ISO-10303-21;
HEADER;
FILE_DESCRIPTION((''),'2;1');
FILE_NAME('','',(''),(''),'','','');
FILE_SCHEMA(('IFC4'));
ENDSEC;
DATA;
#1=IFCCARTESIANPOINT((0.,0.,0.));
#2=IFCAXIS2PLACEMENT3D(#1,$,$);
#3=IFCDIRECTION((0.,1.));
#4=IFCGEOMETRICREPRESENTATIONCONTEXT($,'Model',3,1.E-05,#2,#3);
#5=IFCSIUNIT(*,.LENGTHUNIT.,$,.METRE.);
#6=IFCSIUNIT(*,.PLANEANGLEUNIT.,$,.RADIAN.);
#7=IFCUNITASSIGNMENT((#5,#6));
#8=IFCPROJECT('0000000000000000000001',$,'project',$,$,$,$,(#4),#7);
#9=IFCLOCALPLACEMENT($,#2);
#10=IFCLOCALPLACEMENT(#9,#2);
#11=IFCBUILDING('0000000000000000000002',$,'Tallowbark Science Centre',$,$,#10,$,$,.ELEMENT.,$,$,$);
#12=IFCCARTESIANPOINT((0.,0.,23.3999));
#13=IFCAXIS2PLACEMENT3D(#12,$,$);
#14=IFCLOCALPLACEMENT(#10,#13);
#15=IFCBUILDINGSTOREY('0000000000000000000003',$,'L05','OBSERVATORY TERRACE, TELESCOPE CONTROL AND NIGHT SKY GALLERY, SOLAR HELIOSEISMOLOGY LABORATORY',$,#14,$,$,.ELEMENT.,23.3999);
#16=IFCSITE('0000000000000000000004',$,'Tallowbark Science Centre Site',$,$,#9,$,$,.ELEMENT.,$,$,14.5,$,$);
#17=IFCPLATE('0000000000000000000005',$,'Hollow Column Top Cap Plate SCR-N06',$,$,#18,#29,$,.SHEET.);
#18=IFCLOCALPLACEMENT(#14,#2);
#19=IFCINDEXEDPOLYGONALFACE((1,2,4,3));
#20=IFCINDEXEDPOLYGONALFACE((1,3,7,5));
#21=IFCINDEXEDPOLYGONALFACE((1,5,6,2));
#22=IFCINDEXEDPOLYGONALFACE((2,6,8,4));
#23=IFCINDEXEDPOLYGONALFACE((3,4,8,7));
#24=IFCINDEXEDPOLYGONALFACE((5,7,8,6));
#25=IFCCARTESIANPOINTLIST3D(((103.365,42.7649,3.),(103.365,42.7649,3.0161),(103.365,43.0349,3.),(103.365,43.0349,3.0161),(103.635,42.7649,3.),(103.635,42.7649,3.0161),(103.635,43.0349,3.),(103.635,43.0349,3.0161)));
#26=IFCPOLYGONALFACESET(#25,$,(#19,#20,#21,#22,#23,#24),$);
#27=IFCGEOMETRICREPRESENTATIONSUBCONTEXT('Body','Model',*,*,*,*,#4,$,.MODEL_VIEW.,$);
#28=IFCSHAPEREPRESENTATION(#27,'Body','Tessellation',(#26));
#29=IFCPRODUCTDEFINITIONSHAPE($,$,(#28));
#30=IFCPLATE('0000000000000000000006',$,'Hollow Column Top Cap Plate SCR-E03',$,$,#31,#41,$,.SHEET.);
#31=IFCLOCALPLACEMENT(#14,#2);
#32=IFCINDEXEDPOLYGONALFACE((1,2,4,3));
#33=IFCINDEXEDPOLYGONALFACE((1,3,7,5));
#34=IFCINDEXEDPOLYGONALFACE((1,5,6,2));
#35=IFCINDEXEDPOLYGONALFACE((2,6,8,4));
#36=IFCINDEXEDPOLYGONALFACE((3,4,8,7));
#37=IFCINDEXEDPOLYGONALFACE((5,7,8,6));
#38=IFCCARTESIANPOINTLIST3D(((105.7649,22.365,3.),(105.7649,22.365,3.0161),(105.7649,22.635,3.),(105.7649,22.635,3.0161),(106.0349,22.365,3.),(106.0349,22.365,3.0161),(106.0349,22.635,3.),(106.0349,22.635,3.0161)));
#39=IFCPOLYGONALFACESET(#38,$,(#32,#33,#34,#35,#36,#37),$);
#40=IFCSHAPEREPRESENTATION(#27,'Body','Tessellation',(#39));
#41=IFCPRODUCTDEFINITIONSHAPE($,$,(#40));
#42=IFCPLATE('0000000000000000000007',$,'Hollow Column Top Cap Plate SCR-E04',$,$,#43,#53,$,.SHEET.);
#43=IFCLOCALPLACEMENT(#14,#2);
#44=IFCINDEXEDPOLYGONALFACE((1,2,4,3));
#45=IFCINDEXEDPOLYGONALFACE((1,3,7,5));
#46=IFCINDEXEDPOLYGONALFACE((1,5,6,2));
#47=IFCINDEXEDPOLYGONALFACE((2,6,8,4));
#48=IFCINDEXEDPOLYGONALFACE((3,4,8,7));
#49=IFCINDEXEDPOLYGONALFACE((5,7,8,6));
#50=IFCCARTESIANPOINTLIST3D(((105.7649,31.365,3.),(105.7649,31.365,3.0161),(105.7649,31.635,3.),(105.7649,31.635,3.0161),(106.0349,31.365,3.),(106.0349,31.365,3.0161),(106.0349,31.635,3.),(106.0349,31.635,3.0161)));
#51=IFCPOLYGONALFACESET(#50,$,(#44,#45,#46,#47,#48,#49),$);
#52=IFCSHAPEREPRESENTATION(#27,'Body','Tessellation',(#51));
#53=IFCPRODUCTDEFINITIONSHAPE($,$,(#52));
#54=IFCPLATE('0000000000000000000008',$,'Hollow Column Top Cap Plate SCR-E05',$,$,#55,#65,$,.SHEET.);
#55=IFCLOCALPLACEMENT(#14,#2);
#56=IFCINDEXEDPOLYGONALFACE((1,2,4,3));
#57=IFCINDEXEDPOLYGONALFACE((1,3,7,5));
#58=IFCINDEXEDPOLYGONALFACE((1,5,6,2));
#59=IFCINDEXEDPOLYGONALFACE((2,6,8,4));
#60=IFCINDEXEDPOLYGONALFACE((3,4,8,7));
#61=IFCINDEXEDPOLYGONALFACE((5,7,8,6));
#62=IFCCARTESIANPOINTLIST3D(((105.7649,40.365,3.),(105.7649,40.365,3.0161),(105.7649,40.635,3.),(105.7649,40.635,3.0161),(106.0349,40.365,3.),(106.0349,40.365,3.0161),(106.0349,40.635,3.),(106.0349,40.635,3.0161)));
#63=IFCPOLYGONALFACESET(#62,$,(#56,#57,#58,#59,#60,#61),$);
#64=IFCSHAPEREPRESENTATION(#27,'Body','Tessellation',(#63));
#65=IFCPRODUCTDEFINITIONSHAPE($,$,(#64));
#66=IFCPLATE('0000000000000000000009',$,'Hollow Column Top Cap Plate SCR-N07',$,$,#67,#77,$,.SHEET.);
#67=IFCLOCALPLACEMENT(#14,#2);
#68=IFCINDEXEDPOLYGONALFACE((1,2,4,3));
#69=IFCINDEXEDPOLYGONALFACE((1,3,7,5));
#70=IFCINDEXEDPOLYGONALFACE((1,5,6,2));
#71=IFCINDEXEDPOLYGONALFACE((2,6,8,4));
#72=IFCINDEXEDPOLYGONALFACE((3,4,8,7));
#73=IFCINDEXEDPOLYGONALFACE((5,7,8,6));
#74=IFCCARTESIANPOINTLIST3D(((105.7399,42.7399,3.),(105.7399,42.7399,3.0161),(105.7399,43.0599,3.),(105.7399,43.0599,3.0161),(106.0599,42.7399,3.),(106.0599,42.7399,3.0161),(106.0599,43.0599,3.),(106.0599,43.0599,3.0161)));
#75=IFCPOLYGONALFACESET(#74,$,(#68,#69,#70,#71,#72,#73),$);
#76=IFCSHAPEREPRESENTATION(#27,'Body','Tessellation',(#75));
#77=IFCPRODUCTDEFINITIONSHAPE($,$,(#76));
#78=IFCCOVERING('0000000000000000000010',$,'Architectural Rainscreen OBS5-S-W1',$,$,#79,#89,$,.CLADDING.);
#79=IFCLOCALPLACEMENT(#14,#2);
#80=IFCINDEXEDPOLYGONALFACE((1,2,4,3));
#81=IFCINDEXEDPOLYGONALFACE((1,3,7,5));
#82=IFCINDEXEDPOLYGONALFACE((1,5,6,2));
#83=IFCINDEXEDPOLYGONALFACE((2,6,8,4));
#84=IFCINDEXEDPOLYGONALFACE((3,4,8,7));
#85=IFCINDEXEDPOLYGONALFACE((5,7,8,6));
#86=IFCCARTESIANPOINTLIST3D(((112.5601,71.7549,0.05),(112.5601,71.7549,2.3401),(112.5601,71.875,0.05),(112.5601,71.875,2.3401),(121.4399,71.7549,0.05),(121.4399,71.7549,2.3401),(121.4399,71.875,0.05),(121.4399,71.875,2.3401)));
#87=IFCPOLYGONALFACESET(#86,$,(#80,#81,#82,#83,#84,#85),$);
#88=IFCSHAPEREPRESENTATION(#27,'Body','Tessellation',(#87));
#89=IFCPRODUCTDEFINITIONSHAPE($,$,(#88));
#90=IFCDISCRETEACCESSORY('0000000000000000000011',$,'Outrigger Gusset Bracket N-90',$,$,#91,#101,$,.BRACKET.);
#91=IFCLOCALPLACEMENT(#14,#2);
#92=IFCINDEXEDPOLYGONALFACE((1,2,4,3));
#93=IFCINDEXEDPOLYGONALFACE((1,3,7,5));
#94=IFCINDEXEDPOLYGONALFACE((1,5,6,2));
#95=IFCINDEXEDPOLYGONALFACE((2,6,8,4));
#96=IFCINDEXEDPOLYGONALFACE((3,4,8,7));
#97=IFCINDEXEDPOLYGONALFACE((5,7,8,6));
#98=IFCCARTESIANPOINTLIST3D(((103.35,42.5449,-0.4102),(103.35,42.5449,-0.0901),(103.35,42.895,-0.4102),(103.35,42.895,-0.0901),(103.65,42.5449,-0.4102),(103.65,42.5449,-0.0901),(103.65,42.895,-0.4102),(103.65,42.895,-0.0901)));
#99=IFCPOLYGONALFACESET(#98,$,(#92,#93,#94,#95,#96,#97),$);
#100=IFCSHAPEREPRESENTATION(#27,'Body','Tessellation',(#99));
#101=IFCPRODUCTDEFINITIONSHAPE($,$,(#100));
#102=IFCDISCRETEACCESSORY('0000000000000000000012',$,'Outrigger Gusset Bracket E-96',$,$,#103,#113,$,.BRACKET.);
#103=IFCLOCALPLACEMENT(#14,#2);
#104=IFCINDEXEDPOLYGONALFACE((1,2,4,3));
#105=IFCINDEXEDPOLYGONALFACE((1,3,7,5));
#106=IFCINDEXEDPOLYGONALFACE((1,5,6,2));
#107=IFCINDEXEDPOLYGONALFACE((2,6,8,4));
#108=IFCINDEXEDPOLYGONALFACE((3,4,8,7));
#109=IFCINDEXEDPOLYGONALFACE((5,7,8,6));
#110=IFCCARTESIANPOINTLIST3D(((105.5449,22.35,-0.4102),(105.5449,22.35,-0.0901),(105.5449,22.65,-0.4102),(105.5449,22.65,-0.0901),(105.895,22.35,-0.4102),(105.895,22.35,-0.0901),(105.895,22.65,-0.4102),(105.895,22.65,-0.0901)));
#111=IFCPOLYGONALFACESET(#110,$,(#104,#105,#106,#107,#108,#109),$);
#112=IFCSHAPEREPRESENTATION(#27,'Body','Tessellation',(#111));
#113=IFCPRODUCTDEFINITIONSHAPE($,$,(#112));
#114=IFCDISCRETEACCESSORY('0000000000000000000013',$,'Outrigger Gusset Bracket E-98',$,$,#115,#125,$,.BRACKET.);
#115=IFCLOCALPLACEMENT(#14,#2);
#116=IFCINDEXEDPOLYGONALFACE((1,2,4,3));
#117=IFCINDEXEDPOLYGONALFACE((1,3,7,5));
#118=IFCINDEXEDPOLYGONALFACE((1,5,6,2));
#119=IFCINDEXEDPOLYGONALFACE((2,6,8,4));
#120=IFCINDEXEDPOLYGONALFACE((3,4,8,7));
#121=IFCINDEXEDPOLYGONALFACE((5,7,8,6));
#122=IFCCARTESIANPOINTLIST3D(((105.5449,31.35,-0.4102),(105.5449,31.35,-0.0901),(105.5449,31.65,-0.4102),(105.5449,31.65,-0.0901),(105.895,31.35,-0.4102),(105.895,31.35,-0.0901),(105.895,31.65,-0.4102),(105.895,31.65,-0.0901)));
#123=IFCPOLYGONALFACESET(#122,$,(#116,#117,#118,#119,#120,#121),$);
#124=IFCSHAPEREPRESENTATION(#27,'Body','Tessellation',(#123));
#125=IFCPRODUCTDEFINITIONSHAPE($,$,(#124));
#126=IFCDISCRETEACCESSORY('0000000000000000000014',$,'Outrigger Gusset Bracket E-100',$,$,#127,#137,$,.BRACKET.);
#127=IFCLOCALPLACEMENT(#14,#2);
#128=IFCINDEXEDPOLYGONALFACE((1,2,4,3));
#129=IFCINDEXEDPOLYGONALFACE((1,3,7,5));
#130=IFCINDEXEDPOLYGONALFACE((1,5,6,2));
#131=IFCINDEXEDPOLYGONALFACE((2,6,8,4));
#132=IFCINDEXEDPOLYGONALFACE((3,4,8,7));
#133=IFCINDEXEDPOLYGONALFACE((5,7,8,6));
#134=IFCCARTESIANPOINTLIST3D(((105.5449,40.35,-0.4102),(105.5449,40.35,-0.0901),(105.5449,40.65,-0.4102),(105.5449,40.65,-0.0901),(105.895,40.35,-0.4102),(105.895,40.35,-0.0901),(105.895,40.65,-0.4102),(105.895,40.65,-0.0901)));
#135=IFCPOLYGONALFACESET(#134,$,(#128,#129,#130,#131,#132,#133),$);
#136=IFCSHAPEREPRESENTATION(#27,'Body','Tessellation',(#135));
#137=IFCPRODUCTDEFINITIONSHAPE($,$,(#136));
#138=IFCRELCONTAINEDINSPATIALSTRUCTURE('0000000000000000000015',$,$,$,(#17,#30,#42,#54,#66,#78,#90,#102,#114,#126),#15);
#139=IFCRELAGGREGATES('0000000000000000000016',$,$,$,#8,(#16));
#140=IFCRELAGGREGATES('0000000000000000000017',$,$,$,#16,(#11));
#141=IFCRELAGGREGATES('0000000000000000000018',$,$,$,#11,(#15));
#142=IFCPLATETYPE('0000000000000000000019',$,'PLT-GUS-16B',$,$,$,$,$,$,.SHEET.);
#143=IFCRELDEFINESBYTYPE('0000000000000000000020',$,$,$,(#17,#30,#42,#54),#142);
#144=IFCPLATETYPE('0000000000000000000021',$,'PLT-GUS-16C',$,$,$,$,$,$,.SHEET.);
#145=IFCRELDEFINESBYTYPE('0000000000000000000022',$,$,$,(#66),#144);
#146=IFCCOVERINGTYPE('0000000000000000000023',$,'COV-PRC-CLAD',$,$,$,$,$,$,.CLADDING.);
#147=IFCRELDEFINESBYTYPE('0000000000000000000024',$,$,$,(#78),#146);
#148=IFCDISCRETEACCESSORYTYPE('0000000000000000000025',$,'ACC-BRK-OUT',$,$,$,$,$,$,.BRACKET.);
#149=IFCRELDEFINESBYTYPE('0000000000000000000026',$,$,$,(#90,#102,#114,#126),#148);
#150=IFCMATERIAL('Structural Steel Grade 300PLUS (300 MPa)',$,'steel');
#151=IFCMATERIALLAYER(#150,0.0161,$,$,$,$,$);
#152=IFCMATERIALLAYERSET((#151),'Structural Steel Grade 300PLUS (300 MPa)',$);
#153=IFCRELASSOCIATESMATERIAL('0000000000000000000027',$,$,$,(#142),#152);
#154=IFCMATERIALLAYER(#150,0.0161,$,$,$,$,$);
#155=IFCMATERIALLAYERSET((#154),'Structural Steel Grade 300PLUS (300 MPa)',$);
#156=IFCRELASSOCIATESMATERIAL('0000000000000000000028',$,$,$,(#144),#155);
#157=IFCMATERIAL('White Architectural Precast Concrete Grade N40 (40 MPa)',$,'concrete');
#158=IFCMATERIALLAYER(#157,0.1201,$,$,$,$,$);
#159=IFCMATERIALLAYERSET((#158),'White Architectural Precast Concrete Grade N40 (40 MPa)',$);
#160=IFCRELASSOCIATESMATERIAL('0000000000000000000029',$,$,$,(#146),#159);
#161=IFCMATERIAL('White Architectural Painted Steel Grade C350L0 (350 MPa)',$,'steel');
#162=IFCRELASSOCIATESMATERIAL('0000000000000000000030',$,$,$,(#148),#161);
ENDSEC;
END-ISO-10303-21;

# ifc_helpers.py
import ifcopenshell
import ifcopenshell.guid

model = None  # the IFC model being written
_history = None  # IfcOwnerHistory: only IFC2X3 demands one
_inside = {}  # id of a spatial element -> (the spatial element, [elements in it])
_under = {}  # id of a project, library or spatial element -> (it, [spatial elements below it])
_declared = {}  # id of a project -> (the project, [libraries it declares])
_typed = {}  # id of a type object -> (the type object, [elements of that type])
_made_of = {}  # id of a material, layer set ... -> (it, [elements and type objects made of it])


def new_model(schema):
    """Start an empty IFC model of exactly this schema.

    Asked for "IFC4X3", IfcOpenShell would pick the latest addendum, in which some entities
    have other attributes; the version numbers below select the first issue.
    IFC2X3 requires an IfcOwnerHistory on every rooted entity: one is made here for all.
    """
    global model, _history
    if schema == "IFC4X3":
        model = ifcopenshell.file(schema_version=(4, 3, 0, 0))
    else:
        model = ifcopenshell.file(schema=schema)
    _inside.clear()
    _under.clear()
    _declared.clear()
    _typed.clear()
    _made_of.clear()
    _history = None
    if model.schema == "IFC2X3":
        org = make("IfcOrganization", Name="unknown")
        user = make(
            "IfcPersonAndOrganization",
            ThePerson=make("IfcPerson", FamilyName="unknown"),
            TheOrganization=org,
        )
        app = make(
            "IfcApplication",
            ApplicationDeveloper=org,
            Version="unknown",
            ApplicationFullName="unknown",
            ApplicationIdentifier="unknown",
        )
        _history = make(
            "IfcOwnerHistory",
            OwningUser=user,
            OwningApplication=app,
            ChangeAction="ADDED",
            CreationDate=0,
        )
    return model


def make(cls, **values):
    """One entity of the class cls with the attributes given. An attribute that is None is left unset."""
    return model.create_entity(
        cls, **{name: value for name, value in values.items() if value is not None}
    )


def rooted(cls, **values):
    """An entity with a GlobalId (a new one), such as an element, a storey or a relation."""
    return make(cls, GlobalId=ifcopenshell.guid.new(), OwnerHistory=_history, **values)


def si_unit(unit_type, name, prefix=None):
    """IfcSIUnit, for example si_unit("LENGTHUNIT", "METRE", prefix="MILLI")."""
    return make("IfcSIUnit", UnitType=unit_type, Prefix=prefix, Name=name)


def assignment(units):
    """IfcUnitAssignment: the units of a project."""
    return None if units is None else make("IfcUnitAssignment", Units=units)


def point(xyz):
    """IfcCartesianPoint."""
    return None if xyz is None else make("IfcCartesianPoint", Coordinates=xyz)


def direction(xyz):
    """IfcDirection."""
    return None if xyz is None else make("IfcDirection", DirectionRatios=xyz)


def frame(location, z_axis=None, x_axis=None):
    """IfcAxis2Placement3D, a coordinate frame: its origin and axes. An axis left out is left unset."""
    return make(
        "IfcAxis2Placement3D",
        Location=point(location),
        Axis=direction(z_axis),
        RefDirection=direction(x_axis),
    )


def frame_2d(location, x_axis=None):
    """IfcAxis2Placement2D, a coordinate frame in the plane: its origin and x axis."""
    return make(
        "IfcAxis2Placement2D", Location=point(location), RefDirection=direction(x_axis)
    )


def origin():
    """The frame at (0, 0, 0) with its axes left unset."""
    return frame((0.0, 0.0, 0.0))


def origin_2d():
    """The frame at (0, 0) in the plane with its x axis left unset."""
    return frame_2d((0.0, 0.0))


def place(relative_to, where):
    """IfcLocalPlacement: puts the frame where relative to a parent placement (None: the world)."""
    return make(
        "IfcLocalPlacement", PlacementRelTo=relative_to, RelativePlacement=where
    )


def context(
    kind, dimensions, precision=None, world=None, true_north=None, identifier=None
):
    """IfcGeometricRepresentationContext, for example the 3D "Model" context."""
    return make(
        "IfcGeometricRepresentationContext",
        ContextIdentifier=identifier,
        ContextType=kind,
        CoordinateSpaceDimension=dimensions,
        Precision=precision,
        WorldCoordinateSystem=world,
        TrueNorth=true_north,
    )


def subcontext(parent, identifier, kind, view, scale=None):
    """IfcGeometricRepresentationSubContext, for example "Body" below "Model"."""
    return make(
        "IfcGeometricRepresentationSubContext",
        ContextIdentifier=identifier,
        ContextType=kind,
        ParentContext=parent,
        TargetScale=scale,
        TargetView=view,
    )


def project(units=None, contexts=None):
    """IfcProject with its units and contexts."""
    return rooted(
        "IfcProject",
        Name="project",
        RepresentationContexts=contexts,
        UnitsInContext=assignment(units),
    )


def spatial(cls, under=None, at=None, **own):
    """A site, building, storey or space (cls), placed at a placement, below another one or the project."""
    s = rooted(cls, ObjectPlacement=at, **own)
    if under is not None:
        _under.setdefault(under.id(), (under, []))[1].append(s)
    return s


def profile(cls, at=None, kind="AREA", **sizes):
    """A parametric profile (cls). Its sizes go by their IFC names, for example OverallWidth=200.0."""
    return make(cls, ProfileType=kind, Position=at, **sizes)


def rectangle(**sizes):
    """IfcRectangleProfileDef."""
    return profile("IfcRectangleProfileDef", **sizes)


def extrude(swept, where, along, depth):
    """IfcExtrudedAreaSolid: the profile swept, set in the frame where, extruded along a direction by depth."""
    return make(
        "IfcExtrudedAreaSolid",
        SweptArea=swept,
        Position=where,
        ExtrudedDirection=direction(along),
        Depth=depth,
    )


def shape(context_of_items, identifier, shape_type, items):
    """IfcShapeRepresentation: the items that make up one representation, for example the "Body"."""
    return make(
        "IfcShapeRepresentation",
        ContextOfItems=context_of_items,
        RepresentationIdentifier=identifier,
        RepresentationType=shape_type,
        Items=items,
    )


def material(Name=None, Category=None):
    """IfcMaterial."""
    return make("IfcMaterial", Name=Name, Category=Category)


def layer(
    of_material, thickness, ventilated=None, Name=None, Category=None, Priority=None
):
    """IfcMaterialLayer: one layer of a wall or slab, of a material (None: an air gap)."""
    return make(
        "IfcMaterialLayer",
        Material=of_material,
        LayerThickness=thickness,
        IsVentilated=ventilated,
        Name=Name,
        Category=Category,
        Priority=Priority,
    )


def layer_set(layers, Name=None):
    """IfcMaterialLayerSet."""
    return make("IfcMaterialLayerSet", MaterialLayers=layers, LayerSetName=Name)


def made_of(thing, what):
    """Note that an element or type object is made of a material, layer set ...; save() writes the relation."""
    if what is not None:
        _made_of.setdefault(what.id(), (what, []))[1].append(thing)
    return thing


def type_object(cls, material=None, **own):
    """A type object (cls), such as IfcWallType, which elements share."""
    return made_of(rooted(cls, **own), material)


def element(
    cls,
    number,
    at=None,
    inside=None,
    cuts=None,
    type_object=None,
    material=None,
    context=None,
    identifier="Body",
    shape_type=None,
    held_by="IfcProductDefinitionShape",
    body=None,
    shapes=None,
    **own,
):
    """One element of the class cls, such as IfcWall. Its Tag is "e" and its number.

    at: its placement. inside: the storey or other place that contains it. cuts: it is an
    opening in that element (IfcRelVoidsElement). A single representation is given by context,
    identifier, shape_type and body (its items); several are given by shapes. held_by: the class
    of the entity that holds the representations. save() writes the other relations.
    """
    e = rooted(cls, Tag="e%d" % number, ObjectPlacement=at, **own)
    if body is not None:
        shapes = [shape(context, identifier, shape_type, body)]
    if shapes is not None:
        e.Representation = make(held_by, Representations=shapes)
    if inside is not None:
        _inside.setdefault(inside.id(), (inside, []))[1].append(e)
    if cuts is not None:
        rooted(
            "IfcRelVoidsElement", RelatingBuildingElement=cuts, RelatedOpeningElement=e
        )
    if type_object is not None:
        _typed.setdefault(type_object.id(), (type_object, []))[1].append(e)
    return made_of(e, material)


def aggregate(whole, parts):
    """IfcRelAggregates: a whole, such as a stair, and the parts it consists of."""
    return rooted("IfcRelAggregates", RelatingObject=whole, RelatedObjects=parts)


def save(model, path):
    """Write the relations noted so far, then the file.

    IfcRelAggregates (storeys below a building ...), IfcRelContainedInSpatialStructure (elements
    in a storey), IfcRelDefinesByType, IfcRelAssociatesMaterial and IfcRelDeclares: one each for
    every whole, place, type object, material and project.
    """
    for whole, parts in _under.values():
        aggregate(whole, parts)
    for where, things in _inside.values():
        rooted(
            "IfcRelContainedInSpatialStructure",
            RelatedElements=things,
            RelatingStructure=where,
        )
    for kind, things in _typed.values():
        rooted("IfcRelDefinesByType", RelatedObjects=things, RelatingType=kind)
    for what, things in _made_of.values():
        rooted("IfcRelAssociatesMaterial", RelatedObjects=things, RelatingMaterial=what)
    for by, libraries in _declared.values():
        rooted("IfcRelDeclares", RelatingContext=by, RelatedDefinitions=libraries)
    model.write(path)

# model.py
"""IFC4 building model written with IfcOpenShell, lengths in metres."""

from ifc_helpers import new_model, si_unit, direction, frame, origin, origin_2d, place, context, subcontext, project, spatial, rectangle, extrude, material, layer, layer_set, type_object, element, save


model = new_model("IFC4")

# Units and contexts
model_context = context("Model", 3, precision=1e-05, world=origin(), true_north=direction((0.0, 1.0)))
body_context = subcontext(model_context, "Body", "Model", "MODEL_VIEW")
ifc_project = project(units=[si_unit("LENGTHUNIT", "METRE"), si_unit("PLANEANGLEUNIT", "RADIAN")], contexts=[model_context])

# Site, building, storey
site_placement = place(None, origin())
site = spatial("IfcSite", under=ifc_project, at=site_placement, Name="Tallowbark Science Centre Site", CompositionType="ELEMENT", RefElevation=14.5)
building_placement = place(site_placement, origin())
building = spatial("IfcBuilding", under=site, at=building_placement, Name="Tallowbark Science Centre", CompositionType="ELEMENT")
storey_placement = place(building_placement, frame((0.0, 0.0, 23.3999)))
storey = spatial("IfcBuildingStorey", under=building, at=storey_placement, Name="L05", Description="OBSERVATORY TERRACE, TELESCOPE CONTROL AND NIGHT SKY GALLERY, SOLAR HELIOSEISMOLOGY LABORATORY", CompositionType="ELEMENT", Elevation=23.3999)

# Shared definitions
ifc_material_1 = material(Name="White Architectural Painted Steel Grade C350L0 (350 MPa)", Category="steel")

# Shared definitions
ifc_material_2 = material(Name="Structural Steel Grade 300PLUS (300 MPa)", Category="steel")

# Plates
ifc_layer_1 = layer(ifc_material_2, 0.0161)
ifc_layer_set_1 = layer_set([ifc_layer_1], Name="Structural Steel Grade 300PLUS (300 MPa)")
plate_type_1 = type_object("IfcPlateType", Name="PLT-GUS-16B", PredefinedType="SHEET", material=ifc_layer_set_1)
for number, where, z_axis, x_axis, name in (
    (1, (103.5, 42.8999, 3.0), (0.0, 0.0, 1.0), (1.0, 0.0, 0.0), "Hollow Column Top Cap Plate SCR-N06"),
    (2, (105.8999, 22.5, 3.0), (0.0, 0.0, 1.0), (1.0, 0.0, 0.0), "Hollow Column Top Cap Plate SCR-E03"),
    (3, (105.8999, 31.5, 3.0), (0.0, 0.0, 1.0), (1.0, 0.0, 0.0), "Hollow Column Top Cap Plate SCR-E04"),
    (4, (105.8999, 40.5, 3.0), (0.0, 0.0, 1.0), (1.0, 0.0, 0.0), "Hollow Column Top Cap Plate SCR-E05"),
):
    element("IfcPlate", number, at=place(storey_placement, frame(where, z_axis=z_axis, x_axis=x_axis)), inside=storey, type_object=plate_type_1, Name=name, PredefinedType="SHEET", context=body_context, shape_type="SweptSolid", body=[
        extrude(rectangle(XDim=0.27, YDim=0.27, at=origin_2d()), origin(), (0.0, 0.0, 1.0), 0.0161),
    ])
ifc_layer_2 = layer(ifc_material_2, 0.0161)
ifc_layer_set_2 = layer_set([ifc_layer_2], Name="Structural Steel Grade 300PLUS (300 MPa)")
plate_type_2 = type_object("IfcPlateType", Name="PLT-GUS-16C", PredefinedType="SHEET", material=ifc_layer_set_2)
plate_placement = place(storey_placement, frame((105.8999, 42.8999, 3.0), z_axis=(0.0, 0.0, 1.0), x_axis=(1.0, 0.0, 0.0)))
element("IfcPlate", 5, at=plate_placement, inside=storey, type_object=plate_type_2, Name="Hollow Column Top Cap Plate SCR-N07", PredefinedType="SHEET", context=body_context, shape_type="SweptSolid", body=[
    extrude(rectangle(XDim=0.3201, YDim=0.3201, at=origin_2d()), origin(), (0.0, 0.0, 1.0), 0.0161),
])

# Covering
ifc_material_3 = material(Name="White Architectural Precast Concrete Grade N40 (40 MPa)", Category="concrete")
ifc_layer_3 = layer(ifc_material_3, 0.1201)
ifc_layer_set_3 = layer_set([ifc_layer_3], Name="White Architectural Precast Concrete Grade N40 (40 MPa)")
covering_type = type_object("IfcCoveringType", Name="COV-PRC-CLAD", PredefinedType="CLADDING", material=ifc_layer_set_3)
covering_placement = place(storey_placement, frame((117.0, 71.8149, 0.05), z_axis=(0.0, 0.0, 1.0), x_axis=(1.0, 0.0, 0.0)))
element("IfcCovering", 6, at=covering_placement, inside=storey, type_object=covering_type, Name="Architectural Rainscreen OBS5-S-W1", PredefinedType="CLADDING", context=body_context, shape_type="SweptSolid", body=[
    extrude(rectangle(XDim=8.8799, YDim=0.1201, at=origin_2d()), origin(), (0.0, 0.0, 1.0), 2.29),
])

# Discrete accessories
discrete_accessory_type = type_object("IfcDiscreteAccessoryType", Name="ACC-BRK-OUT", PredefinedType="BRACKET", material=ifc_material_1)
discrete_accessory_placement = place(storey_placement, frame((103.5, 42.72, -0.4102), z_axis=(0.0, 0.0, 1.0), x_axis=(1.0, 0.0, 0.0)))
element("IfcDiscreteAccessory", 7, at=discrete_accessory_placement, inside=storey, type_object=discrete_accessory_type, Name="Outrigger Gusset Bracket N-90", PredefinedType="BRACKET", context=body_context, shape_type="SweptSolid", body=[
    extrude(rectangle(XDim=0.3, YDim=0.3501, at=origin_2d()), origin(), (0.0, 0.0, 1.0), 0.3201),
])
for number, where, z_axis, x_axis, name in (
    (8, (105.72, 22.5, -0.4102), (0.0, 0.0, 1.0), (1.0, 0.0, 0.0), "Outrigger Gusset Bracket E-96"),
    (9, (105.72, 31.5, -0.4102), (0.0, 0.0, 1.0), (1.0, 0.0, 0.0), "Outrigger Gusset Bracket E-98"),
    (10, (105.72, 40.5, -0.4102), (0.0, 0.0, 1.0), (1.0, 0.0, 0.0), "Outrigger Gusset Bracket E-100"),
):
    element("IfcDiscreteAccessory", number, at=place(storey_placement, frame(where, z_axis=z_axis, x_axis=x_axis)), inside=storey, type_object=discrete_accessory_type, Name=name, PredefinedType="BRACKET", context=body_context, shape_type="SweptSolid", body=[
        extrude(rectangle(XDim=0.3501, YDim=0.3, at=origin_2d()), origin(), (0.0, 0.0, 1.0), 0.3201),
    ])

save(model, "model.ifc")
